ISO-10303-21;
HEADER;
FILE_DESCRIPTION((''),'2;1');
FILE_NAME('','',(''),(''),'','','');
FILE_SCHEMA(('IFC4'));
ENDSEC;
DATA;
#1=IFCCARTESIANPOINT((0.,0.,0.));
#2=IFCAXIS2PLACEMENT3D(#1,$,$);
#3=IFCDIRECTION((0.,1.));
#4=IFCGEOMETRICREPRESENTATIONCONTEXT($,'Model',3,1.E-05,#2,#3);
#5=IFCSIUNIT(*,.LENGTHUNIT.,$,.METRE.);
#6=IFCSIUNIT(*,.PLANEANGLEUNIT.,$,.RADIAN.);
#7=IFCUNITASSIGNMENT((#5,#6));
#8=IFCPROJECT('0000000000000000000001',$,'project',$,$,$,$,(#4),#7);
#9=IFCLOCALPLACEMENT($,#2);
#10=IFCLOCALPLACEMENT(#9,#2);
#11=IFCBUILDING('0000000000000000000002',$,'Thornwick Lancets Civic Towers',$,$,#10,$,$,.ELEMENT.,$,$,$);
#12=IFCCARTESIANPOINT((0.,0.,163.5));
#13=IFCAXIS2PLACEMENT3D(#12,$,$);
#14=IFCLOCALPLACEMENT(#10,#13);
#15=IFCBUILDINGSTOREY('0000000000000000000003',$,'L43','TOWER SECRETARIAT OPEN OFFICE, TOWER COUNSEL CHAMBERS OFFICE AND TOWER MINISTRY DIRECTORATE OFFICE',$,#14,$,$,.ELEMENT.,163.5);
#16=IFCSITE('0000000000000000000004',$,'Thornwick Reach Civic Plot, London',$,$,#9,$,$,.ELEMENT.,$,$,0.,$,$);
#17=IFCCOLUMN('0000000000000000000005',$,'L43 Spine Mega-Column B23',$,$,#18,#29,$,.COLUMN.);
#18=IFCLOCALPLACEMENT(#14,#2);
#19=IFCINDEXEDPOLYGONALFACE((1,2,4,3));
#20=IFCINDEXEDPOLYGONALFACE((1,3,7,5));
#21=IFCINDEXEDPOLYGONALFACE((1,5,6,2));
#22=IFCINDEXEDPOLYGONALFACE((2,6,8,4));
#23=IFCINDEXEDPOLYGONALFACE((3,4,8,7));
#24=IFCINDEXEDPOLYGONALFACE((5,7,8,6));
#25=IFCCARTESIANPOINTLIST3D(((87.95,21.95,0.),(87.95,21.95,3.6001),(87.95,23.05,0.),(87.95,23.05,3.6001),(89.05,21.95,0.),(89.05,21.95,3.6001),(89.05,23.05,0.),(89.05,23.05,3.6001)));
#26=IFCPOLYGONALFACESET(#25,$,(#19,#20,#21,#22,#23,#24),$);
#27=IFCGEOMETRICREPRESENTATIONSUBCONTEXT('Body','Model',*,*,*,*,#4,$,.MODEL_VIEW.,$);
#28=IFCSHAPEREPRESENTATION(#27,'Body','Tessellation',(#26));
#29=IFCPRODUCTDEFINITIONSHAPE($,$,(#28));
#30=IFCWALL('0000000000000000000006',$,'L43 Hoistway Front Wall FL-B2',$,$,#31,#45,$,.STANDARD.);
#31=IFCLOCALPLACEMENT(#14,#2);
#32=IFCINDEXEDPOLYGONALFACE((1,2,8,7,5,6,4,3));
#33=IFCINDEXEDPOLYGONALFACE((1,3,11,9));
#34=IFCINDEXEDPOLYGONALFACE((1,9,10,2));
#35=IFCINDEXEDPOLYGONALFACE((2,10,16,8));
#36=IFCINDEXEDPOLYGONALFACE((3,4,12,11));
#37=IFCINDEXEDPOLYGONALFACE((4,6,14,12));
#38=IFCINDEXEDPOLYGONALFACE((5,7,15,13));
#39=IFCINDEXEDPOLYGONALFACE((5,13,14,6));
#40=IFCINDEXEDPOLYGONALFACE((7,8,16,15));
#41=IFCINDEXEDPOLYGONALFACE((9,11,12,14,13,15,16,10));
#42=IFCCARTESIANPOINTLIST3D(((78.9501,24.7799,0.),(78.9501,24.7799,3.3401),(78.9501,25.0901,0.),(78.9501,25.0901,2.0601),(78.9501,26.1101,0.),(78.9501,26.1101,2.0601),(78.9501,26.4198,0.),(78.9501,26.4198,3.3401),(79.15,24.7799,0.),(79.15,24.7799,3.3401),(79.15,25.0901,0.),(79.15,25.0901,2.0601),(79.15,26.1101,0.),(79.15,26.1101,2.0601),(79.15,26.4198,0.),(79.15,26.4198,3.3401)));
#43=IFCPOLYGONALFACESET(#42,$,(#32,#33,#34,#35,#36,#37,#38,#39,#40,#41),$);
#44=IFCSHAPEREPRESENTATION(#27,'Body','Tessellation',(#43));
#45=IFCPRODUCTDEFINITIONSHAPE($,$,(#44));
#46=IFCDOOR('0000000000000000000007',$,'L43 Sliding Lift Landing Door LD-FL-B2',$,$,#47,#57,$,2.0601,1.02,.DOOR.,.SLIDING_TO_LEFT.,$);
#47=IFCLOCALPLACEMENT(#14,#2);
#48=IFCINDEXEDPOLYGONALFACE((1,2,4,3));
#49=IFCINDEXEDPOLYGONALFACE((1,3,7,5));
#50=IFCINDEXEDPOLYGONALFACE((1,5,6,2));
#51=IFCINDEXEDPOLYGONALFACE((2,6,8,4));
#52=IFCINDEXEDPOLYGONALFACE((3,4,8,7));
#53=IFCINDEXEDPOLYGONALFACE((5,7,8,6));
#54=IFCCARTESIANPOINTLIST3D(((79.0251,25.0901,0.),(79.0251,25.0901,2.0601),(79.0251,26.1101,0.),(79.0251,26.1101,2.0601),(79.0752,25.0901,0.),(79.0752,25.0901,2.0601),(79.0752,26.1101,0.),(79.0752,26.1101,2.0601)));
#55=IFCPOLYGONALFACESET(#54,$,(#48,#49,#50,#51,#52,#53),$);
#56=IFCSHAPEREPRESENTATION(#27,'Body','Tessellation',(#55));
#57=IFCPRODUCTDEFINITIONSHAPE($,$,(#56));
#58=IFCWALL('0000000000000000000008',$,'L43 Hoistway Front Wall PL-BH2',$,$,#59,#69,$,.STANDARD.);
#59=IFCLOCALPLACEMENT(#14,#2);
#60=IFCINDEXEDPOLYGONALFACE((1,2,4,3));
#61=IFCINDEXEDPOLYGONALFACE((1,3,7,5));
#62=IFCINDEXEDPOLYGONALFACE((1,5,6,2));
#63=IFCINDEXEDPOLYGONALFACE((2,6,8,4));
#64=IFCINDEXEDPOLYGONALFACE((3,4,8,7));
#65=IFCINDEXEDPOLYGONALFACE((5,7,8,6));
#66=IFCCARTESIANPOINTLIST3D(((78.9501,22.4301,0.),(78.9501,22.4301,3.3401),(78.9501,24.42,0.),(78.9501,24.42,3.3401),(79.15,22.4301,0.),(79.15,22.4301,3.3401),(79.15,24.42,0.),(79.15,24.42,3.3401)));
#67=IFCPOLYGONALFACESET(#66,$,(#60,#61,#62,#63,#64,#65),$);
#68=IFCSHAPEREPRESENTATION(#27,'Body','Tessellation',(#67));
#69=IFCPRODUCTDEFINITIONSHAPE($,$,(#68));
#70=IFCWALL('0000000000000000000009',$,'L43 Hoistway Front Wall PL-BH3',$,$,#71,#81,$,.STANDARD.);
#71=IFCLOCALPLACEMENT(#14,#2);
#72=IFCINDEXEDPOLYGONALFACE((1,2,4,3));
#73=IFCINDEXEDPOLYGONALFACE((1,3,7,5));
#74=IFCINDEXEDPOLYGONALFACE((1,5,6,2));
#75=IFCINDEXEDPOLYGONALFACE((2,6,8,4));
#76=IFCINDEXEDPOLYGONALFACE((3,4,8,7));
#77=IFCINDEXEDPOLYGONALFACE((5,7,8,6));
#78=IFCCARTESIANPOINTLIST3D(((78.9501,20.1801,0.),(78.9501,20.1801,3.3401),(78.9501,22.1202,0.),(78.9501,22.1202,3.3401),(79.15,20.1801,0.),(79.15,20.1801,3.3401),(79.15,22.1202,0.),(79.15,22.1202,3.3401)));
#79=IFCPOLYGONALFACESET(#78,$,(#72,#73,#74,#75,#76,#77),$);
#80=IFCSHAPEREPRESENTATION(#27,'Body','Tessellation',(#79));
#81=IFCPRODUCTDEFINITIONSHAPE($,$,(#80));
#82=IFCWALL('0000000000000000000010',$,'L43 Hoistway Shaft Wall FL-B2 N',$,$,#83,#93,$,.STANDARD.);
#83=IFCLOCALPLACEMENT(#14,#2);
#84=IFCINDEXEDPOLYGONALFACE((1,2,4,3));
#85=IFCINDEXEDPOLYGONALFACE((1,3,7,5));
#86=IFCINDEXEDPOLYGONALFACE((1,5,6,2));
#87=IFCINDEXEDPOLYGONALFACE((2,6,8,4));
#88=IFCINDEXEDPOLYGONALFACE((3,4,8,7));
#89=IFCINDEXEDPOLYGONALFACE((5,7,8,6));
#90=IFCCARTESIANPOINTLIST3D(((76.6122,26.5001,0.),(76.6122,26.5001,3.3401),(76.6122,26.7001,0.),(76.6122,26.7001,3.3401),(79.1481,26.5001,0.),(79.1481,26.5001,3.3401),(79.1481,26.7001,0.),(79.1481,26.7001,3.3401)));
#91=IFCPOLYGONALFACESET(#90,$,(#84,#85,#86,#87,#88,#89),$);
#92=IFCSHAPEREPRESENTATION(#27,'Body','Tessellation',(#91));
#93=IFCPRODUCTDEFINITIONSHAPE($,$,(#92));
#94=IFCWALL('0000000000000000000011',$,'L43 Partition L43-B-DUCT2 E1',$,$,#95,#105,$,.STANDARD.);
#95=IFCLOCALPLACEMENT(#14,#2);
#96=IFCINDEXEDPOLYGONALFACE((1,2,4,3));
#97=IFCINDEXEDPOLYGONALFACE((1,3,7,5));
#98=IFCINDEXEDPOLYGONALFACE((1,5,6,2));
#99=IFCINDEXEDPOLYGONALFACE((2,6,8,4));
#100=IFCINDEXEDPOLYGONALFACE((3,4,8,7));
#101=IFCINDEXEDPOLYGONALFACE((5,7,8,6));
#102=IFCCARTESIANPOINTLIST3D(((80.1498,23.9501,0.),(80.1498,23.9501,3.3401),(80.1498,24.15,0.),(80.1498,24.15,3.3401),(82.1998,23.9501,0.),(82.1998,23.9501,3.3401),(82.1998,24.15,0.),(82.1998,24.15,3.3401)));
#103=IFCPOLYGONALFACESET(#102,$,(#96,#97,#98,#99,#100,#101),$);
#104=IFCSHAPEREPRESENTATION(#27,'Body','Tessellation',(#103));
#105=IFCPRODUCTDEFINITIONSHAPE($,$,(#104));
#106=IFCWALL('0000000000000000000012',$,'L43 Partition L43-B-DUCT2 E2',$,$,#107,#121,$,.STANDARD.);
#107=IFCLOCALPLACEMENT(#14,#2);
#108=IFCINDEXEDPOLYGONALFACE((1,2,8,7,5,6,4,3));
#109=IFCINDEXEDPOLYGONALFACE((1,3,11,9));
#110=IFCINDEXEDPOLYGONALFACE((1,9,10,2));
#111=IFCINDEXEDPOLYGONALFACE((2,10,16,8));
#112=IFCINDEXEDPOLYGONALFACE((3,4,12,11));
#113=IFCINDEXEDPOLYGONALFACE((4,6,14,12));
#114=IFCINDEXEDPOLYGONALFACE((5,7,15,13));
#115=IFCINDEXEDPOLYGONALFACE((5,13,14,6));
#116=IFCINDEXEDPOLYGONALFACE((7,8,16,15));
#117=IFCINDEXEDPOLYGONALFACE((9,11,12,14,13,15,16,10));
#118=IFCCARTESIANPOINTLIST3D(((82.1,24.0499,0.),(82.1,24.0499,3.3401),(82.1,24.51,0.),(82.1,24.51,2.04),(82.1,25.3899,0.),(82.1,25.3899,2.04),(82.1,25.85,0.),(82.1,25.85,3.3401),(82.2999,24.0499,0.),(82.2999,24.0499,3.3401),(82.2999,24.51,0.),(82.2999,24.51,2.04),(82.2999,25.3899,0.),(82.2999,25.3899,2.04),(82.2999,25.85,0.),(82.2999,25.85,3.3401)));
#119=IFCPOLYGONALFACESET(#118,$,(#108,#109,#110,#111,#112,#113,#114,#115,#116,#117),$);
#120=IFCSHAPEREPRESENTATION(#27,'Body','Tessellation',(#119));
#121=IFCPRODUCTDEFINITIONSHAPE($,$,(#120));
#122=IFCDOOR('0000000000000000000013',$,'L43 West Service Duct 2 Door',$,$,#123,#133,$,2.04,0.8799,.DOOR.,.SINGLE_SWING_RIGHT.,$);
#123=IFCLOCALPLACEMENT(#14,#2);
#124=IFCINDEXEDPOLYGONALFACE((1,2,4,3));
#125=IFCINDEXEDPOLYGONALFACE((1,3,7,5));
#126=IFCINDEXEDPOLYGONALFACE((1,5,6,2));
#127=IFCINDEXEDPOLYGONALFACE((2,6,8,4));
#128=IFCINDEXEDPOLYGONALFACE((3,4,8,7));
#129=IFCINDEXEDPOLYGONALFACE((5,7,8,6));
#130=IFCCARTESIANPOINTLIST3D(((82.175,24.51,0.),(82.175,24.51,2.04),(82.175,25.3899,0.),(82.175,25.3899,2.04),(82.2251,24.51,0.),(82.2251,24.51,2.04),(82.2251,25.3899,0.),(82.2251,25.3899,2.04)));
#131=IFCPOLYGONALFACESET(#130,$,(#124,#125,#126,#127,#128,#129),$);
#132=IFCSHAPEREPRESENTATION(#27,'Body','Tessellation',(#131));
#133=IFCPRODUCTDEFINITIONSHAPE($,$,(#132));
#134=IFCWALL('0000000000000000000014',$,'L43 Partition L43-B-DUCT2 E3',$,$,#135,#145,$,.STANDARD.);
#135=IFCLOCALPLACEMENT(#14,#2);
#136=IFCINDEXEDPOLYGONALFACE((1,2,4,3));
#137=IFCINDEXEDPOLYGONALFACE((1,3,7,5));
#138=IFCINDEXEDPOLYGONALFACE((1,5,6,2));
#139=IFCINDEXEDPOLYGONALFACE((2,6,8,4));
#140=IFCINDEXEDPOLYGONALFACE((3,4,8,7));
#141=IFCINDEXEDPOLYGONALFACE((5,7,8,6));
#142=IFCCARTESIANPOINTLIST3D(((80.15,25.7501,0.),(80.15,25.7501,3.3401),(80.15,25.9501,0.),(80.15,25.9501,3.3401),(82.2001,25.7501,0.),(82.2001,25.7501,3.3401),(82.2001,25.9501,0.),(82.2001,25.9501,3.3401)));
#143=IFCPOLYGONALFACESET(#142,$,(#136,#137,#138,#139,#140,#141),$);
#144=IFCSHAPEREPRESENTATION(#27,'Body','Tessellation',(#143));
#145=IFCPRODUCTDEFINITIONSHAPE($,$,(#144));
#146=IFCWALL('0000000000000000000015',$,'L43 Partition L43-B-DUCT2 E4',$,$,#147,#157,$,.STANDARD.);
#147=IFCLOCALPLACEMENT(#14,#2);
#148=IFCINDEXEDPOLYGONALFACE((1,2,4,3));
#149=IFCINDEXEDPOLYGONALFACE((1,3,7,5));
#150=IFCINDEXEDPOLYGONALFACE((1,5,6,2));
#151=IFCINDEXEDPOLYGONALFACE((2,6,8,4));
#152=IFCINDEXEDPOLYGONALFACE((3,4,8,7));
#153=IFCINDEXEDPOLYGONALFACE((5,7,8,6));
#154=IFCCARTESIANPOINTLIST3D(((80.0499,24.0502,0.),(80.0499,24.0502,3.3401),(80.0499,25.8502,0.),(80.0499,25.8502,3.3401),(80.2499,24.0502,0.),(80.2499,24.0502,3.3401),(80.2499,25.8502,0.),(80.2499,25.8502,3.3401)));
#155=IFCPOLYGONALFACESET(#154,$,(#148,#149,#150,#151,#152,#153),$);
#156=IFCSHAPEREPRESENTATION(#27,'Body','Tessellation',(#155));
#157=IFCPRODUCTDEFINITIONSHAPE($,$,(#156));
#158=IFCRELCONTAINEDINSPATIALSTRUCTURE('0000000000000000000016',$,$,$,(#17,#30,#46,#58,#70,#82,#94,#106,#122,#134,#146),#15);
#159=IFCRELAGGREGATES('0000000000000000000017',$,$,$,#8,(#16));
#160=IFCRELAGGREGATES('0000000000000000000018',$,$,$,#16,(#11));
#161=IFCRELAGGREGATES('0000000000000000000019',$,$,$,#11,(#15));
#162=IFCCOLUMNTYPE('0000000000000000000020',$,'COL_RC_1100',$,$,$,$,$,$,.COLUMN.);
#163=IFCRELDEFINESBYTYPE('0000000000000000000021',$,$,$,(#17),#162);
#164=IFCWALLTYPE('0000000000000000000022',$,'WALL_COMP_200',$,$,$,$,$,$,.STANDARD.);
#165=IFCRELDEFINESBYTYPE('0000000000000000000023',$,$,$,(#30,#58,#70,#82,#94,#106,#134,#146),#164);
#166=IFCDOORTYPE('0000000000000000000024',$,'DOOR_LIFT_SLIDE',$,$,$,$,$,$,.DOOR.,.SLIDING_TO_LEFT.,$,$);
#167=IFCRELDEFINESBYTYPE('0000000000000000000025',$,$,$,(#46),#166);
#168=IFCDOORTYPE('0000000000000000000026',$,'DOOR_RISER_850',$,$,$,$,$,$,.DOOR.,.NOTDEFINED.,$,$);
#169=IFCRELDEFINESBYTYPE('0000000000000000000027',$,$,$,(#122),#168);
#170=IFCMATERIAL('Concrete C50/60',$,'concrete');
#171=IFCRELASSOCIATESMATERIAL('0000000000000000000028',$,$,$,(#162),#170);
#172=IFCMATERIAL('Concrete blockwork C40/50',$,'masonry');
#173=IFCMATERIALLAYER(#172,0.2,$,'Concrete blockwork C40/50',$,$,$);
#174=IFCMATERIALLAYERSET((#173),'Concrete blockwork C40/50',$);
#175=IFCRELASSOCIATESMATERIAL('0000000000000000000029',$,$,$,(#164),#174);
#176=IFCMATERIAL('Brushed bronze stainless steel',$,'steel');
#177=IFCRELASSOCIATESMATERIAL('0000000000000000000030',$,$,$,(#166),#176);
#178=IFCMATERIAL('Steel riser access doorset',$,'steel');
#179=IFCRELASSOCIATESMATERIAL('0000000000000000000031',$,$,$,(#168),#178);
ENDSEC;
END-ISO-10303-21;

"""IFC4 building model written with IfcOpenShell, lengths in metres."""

from ifc_helpers import new_model, si_unit, direction, frame, frame_2d, origin, origin_2d, place, context, subcontext, project, spatial, rectangle, extrude, material, layer, layer_set, material_profile, profile_set, type_object, element, fill, save


model = new_model("IFC4")

# Units and contexts
model_context = context("Model", 3, precision=1e-05, world=origin(), true_north=direction((0.0, 1.0)))
body_context = subcontext(model_context, "Body", "Model", "MODEL_VIEW")
ifc_project = project(units=[si_unit("LENGTHUNIT", "METRE"), si_unit("PLANEANGLEUNIT", "RADIAN")], contexts=[model_context])

# Site, building, storey
site_placement = place(None, origin())
site = spatial("IfcSite", under=ifc_project, at=site_placement, Name="Thornwick Reach Civic Plot, London", CompositionType="ELEMENT", RefElevation=0.0)
building_placement = place(site_placement, origin())
building = spatial("IfcBuilding", under=site, at=building_placement, Name="Thornwick Lancets Civic Towers", CompositionType="ELEMENT")
storey_placement = place(building_placement, frame((0.0, 0.0, 163.5)))
storey = spatial("IfcBuildingStorey", under=building, at=storey_placement, Name="L43", Description="TOWER SECRETARIAT OPEN OFFICE, TOWER COUNSEL CHAMBERS OFFICE AND TOWER MINISTRY DIRECTORATE OFFICE", CompositionType="ELEMENT", Elevation=163.5)

# Column
ifc_material_1 = material(Name="Concrete C50/60", Category="concrete")
ifc_material_profile = material_profile(ifc_material_1, rectangle(XDim=1.1001, YDim=1.1001, at=origin_2d()), Name="RC 1100x1100")
ifc_profile_set = profile_set([ifc_material_profile], Name="Concrete C50/60")
column_type = type_object("IfcColumnType", Name="COL_RC_1100", PredefinedType="COLUMN", material=ifc_profile_set)
column_placement = place(storey_placement, frame((88.5, 22.5, 0.0), z_axis=(0.0, 0.0, 1.0), x_axis=(1.0, 0.0, 0.0)))
element("IfcColumn", 1, at=column_placement, inside=storey, type_object=column_type, Name="L43 Spine Mega-Column B23", PredefinedType="COLUMN", context=body_context, shape_type="SweptSolid", body=[
    extrude(rectangle(XDim=1.1001, YDim=1.1001, at=origin_2d()), origin(), (0.0, 0.0, 1.0), 3.6001),
])

# Wall, opening, door
ifc_material_2 = material(Name="Concrete blockwork C40/50", Category="masonry")
ifc_layer_1 = layer(ifc_material_2, 0.2, Name="Concrete blockwork C40/50")
ifc_layer_set_1 = layer_set([ifc_layer_1], Name="Concrete blockwork C40/50")
wall_type_1 = type_object("IfcWallType", Name="WALL_COMP_200", PredefinedType="STANDARD", material=ifc_layer_set_1)
wall_1_placement = place(storey_placement, frame((79.05, 24.78, 0.0), z_axis=(0.0, 0.0, 1.0), x_axis=(0.0, 1.0, 0.0)))
wall_1 = element("IfcWall", 2, at=wall_1_placement, inside=storey, type_object=wall_type_1, Name="L43 Hoistway Front Wall FL-B2", PredefinedType="STANDARD", context=body_context, shape_type="SweptSolid", body=[
    extrude(rectangle(XDim=1.6399, YDim=0.2, at=frame_2d((0.8198, 0.0))), origin(), (0.0, 0.0, 1.0), 3.3401),
])
opening_1_placement = place(wall_1_placement, frame((0.3101, 0.0, 0.0)))
opening_1 = element("IfcOpeningElement", 3, at=opening_1_placement, cuts=wall_1, PredefinedType="OPENING", context=body_context, shape_type="SweptSolid", body=[
    extrude(rectangle(XDim=1.02, YDim=2.0601, at=frame_2d((0.51, 1.03))), frame((0.0, 0.1099, 0.0), z_axis=(0.0, -1.0, 0.0), x_axis=(1.0, 0.0, 0.0)), (0.0, 0.0, 1.0), 0.22),
])
ifc_material_3 = material(Name="Brushed bronze stainless steel", Category="steel")
door_type_1 = type_object("IfcDoorType", Name="DOOR_LIFT_SLIDE", OperationType="SLIDING_TO_LEFT", PredefinedType="DOOR", material=ifc_material_3)
door_1_placement = place(opening_1_placement, origin())
door_1 = element("IfcDoor", 4, at=door_1_placement, inside=storey, type_object=door_type_1, Name="L43 Sliding Lift Landing Door LD-FL-B2", OperationType="SLIDING_TO_LEFT", OverallHeight=2.0601, OverallWidth=1.02, PredefinedType="DOOR", context=body_context, shape_type="SweptSolid", body=[
    extrude(rectangle(XDim=1.02, YDim=2.0601, at=frame_2d((0.51, 1.03))), frame((0.0, 0.0249, 0.0), z_axis=(0.0, -1.0, 0.0), x_axis=(1.0, 0.0, 0.0)), (0.0, 0.0, 1.0), 0.05),
])
fill(opening_1, door_1)

# Walls
wall_2_placement = place(storey_placement, frame((79.05, 22.4299, 0.0), z_axis=(0.0, 0.0, 1.0), x_axis=(0.0, 1.0, 0.0)))
element("IfcWall", 5, at=wall_2_placement, inside=storey, type_object=wall_type_1, Name="L43 Hoistway Front Wall PL-BH2", PredefinedType="STANDARD", context=body_context, shape_type="SweptSolid", body=[
    extrude(rectangle(XDim=1.99, YDim=0.2, at=frame_2d((0.9951, 0.0))), origin(), (0.0, 0.0, 1.0), 3.3401),
])
wall_3_placement = place(storey_placement, frame((79.05, 20.1799, 0.0), z_axis=(0.0, 0.0, 1.0), x_axis=(0.0, 1.0, 0.0)))
element("IfcWall", 6, at=wall_3_placement, inside=storey, type_object=wall_type_1, Name="L43 Hoistway Front Wall PL-BH3", PredefinedType="STANDARD", context=body_context, shape_type="SweptSolid", body=[
    extrude(rectangle(XDim=1.9402, YDim=0.2, at=frame_2d((0.9702, 0.0))), origin(), (0.0, 0.0, 1.0), 3.3401),
])
wall_4_placement = place(storey_placement, frame((76.6121, 26.6001, 0.0), z_axis=(0.0, 0.0, 1.0), x_axis=(1.0, 0.0, 0.0)))
element("IfcWall", 7, at=wall_4_placement, inside=storey, type_object=wall_type_1, Name="L43 Hoistway Shaft Wall FL-B2 N", PredefinedType="STANDARD", context=body_context, shape_type="SweptSolid", body=[
    extrude(rectangle(XDim=2.5359, YDim=0.2, at=frame_2d((1.2681, 0.0))), origin(), (0.0, 0.0, 1.0), 3.3401),
])
wall_5_placement = place(storey_placement, frame((80.1499, 24.05, 0.0), z_axis=(0.0, 0.0, 1.0), x_axis=(1.0, 0.0, 0.0)))
element("IfcWall", 8, at=wall_5_placement, inside=storey, type_object=wall_type_1, Name="L43 Partition L43-B-DUCT2 E1", PredefinedType="STANDARD", context=body_context, shape_type="SweptSolid", body=[
    extrude(rectangle(XDim=2.05, YDim=0.2, at=frame_2d((1.0249, 0.0))), origin(), (0.0, 0.0, 1.0), 3.3401),
])

# Wall, opening, door
wall_6_placement = place(storey_placement, frame((82.2, 24.05, 0.0), z_axis=(0.0, 0.0, 1.0), x_axis=(0.0, 1.0, 0.0)))
wall_6 = element("IfcWall", 9, at=wall_6_placement, inside=storey, type_object=wall_type_1, Name="L43 Partition L43-B-DUCT2 E2", PredefinedType="STANDARD", context=body_context, shape_type="SweptSolid", body=[
    extrude(rectangle(XDim=1.8, YDim=0.2, at=frame_2d((0.8999, 0.0))), origin(), (0.0, 0.0, 1.0), 3.3401),
])
opening_2_placement = place(wall_6_placement, frame((0.46, 0.0, 0.0)))
opening_2 = element("IfcOpeningElement", 10, at=opening_2_placement, cuts=wall_6, PredefinedType="OPENING", context=body_context, shape_type="SweptSolid", body=[
    extrude(rectangle(XDim=0.8799, YDim=2.04, at=frame_2d((0.4399, 1.02))), frame((0.0, 0.1099, 0.0), z_axis=(0.0, -1.0, 0.0), x_axis=(1.0, 0.0, 0.0)), (0.0, 0.0, 1.0), 0.22),
])
ifc_material_4 = material(Name="Steel riser access doorset", Category="steel")
door_type_2 = type_object("IfcDoorType", Name="DOOR_RISER_850", OperationType="NOTDEFINED", PredefinedType="DOOR", material=ifc_material_4)
door_2_placement = place(opening_2_placement, origin())
door_2 = element("IfcDoor", 11, at=door_2_placement, inside=storey, type_object=door_type_2, Name="L43 West Service Duct 2 Door", OperationType="SINGLE_SWING_RIGHT", OverallHeight=2.04, OverallWidth=0.8799, PredefinedType="DOOR", context=body_context, shape_type="SweptSolid", body=[
    extrude(rectangle(XDim=0.8799, YDim=2.04, at=frame_2d((0.4399, 1.02))), frame((0.0, 0.0249, 0.0), z_axis=(0.0, -1.0, 0.0), x_axis=(1.0, 0.0, 0.0)), (0.0, 0.0, 1.0), 0.05),
])
fill(opening_2, door_2)

# Walls
wall_7_placement = place(storey_placement, frame((82.2, 25.8501, 0.0), z_axis=(0.0, 0.0, 1.0), x_axis=(-1.0, 0.0, 0.0)))
element("IfcWall", 12, at=wall_7_placement, inside=storey, type_object=wall_type_1, Name="L43 Partition L43-B-DUCT2 E3", PredefinedType="STANDARD", context=body_context, shape_type="SweptSolid", body=[
    extrude(rectangle(XDim=2.05, YDim=0.2, at=frame_2d((1.0249, 0.0))), origin(), (0.0, 0.0, 1.0), 3.3401),
])
wall_8_placement = place(storey_placement, frame((80.1499, 25.8501, 0.0), z_axis=(0.0, 0.0, 1.0), x_axis=(0.0, -1.0, 0.0)))
element("IfcWall", 13, at=wall_8_placement, inside=storey, type_object=wall_type_1, Name="L43 Partition L43-B-DUCT2 E4", PredefinedType="STANDARD", context=body_context, shape_type="SweptSolid", body=[
    extrude(rectangle(XDim=1.8, YDim=0.2, at=frame_2d((0.8999, 0.0))), origin(), (0.0, 0.0, 1.0), 3.3401),
])

save(model, "model.ifc")
